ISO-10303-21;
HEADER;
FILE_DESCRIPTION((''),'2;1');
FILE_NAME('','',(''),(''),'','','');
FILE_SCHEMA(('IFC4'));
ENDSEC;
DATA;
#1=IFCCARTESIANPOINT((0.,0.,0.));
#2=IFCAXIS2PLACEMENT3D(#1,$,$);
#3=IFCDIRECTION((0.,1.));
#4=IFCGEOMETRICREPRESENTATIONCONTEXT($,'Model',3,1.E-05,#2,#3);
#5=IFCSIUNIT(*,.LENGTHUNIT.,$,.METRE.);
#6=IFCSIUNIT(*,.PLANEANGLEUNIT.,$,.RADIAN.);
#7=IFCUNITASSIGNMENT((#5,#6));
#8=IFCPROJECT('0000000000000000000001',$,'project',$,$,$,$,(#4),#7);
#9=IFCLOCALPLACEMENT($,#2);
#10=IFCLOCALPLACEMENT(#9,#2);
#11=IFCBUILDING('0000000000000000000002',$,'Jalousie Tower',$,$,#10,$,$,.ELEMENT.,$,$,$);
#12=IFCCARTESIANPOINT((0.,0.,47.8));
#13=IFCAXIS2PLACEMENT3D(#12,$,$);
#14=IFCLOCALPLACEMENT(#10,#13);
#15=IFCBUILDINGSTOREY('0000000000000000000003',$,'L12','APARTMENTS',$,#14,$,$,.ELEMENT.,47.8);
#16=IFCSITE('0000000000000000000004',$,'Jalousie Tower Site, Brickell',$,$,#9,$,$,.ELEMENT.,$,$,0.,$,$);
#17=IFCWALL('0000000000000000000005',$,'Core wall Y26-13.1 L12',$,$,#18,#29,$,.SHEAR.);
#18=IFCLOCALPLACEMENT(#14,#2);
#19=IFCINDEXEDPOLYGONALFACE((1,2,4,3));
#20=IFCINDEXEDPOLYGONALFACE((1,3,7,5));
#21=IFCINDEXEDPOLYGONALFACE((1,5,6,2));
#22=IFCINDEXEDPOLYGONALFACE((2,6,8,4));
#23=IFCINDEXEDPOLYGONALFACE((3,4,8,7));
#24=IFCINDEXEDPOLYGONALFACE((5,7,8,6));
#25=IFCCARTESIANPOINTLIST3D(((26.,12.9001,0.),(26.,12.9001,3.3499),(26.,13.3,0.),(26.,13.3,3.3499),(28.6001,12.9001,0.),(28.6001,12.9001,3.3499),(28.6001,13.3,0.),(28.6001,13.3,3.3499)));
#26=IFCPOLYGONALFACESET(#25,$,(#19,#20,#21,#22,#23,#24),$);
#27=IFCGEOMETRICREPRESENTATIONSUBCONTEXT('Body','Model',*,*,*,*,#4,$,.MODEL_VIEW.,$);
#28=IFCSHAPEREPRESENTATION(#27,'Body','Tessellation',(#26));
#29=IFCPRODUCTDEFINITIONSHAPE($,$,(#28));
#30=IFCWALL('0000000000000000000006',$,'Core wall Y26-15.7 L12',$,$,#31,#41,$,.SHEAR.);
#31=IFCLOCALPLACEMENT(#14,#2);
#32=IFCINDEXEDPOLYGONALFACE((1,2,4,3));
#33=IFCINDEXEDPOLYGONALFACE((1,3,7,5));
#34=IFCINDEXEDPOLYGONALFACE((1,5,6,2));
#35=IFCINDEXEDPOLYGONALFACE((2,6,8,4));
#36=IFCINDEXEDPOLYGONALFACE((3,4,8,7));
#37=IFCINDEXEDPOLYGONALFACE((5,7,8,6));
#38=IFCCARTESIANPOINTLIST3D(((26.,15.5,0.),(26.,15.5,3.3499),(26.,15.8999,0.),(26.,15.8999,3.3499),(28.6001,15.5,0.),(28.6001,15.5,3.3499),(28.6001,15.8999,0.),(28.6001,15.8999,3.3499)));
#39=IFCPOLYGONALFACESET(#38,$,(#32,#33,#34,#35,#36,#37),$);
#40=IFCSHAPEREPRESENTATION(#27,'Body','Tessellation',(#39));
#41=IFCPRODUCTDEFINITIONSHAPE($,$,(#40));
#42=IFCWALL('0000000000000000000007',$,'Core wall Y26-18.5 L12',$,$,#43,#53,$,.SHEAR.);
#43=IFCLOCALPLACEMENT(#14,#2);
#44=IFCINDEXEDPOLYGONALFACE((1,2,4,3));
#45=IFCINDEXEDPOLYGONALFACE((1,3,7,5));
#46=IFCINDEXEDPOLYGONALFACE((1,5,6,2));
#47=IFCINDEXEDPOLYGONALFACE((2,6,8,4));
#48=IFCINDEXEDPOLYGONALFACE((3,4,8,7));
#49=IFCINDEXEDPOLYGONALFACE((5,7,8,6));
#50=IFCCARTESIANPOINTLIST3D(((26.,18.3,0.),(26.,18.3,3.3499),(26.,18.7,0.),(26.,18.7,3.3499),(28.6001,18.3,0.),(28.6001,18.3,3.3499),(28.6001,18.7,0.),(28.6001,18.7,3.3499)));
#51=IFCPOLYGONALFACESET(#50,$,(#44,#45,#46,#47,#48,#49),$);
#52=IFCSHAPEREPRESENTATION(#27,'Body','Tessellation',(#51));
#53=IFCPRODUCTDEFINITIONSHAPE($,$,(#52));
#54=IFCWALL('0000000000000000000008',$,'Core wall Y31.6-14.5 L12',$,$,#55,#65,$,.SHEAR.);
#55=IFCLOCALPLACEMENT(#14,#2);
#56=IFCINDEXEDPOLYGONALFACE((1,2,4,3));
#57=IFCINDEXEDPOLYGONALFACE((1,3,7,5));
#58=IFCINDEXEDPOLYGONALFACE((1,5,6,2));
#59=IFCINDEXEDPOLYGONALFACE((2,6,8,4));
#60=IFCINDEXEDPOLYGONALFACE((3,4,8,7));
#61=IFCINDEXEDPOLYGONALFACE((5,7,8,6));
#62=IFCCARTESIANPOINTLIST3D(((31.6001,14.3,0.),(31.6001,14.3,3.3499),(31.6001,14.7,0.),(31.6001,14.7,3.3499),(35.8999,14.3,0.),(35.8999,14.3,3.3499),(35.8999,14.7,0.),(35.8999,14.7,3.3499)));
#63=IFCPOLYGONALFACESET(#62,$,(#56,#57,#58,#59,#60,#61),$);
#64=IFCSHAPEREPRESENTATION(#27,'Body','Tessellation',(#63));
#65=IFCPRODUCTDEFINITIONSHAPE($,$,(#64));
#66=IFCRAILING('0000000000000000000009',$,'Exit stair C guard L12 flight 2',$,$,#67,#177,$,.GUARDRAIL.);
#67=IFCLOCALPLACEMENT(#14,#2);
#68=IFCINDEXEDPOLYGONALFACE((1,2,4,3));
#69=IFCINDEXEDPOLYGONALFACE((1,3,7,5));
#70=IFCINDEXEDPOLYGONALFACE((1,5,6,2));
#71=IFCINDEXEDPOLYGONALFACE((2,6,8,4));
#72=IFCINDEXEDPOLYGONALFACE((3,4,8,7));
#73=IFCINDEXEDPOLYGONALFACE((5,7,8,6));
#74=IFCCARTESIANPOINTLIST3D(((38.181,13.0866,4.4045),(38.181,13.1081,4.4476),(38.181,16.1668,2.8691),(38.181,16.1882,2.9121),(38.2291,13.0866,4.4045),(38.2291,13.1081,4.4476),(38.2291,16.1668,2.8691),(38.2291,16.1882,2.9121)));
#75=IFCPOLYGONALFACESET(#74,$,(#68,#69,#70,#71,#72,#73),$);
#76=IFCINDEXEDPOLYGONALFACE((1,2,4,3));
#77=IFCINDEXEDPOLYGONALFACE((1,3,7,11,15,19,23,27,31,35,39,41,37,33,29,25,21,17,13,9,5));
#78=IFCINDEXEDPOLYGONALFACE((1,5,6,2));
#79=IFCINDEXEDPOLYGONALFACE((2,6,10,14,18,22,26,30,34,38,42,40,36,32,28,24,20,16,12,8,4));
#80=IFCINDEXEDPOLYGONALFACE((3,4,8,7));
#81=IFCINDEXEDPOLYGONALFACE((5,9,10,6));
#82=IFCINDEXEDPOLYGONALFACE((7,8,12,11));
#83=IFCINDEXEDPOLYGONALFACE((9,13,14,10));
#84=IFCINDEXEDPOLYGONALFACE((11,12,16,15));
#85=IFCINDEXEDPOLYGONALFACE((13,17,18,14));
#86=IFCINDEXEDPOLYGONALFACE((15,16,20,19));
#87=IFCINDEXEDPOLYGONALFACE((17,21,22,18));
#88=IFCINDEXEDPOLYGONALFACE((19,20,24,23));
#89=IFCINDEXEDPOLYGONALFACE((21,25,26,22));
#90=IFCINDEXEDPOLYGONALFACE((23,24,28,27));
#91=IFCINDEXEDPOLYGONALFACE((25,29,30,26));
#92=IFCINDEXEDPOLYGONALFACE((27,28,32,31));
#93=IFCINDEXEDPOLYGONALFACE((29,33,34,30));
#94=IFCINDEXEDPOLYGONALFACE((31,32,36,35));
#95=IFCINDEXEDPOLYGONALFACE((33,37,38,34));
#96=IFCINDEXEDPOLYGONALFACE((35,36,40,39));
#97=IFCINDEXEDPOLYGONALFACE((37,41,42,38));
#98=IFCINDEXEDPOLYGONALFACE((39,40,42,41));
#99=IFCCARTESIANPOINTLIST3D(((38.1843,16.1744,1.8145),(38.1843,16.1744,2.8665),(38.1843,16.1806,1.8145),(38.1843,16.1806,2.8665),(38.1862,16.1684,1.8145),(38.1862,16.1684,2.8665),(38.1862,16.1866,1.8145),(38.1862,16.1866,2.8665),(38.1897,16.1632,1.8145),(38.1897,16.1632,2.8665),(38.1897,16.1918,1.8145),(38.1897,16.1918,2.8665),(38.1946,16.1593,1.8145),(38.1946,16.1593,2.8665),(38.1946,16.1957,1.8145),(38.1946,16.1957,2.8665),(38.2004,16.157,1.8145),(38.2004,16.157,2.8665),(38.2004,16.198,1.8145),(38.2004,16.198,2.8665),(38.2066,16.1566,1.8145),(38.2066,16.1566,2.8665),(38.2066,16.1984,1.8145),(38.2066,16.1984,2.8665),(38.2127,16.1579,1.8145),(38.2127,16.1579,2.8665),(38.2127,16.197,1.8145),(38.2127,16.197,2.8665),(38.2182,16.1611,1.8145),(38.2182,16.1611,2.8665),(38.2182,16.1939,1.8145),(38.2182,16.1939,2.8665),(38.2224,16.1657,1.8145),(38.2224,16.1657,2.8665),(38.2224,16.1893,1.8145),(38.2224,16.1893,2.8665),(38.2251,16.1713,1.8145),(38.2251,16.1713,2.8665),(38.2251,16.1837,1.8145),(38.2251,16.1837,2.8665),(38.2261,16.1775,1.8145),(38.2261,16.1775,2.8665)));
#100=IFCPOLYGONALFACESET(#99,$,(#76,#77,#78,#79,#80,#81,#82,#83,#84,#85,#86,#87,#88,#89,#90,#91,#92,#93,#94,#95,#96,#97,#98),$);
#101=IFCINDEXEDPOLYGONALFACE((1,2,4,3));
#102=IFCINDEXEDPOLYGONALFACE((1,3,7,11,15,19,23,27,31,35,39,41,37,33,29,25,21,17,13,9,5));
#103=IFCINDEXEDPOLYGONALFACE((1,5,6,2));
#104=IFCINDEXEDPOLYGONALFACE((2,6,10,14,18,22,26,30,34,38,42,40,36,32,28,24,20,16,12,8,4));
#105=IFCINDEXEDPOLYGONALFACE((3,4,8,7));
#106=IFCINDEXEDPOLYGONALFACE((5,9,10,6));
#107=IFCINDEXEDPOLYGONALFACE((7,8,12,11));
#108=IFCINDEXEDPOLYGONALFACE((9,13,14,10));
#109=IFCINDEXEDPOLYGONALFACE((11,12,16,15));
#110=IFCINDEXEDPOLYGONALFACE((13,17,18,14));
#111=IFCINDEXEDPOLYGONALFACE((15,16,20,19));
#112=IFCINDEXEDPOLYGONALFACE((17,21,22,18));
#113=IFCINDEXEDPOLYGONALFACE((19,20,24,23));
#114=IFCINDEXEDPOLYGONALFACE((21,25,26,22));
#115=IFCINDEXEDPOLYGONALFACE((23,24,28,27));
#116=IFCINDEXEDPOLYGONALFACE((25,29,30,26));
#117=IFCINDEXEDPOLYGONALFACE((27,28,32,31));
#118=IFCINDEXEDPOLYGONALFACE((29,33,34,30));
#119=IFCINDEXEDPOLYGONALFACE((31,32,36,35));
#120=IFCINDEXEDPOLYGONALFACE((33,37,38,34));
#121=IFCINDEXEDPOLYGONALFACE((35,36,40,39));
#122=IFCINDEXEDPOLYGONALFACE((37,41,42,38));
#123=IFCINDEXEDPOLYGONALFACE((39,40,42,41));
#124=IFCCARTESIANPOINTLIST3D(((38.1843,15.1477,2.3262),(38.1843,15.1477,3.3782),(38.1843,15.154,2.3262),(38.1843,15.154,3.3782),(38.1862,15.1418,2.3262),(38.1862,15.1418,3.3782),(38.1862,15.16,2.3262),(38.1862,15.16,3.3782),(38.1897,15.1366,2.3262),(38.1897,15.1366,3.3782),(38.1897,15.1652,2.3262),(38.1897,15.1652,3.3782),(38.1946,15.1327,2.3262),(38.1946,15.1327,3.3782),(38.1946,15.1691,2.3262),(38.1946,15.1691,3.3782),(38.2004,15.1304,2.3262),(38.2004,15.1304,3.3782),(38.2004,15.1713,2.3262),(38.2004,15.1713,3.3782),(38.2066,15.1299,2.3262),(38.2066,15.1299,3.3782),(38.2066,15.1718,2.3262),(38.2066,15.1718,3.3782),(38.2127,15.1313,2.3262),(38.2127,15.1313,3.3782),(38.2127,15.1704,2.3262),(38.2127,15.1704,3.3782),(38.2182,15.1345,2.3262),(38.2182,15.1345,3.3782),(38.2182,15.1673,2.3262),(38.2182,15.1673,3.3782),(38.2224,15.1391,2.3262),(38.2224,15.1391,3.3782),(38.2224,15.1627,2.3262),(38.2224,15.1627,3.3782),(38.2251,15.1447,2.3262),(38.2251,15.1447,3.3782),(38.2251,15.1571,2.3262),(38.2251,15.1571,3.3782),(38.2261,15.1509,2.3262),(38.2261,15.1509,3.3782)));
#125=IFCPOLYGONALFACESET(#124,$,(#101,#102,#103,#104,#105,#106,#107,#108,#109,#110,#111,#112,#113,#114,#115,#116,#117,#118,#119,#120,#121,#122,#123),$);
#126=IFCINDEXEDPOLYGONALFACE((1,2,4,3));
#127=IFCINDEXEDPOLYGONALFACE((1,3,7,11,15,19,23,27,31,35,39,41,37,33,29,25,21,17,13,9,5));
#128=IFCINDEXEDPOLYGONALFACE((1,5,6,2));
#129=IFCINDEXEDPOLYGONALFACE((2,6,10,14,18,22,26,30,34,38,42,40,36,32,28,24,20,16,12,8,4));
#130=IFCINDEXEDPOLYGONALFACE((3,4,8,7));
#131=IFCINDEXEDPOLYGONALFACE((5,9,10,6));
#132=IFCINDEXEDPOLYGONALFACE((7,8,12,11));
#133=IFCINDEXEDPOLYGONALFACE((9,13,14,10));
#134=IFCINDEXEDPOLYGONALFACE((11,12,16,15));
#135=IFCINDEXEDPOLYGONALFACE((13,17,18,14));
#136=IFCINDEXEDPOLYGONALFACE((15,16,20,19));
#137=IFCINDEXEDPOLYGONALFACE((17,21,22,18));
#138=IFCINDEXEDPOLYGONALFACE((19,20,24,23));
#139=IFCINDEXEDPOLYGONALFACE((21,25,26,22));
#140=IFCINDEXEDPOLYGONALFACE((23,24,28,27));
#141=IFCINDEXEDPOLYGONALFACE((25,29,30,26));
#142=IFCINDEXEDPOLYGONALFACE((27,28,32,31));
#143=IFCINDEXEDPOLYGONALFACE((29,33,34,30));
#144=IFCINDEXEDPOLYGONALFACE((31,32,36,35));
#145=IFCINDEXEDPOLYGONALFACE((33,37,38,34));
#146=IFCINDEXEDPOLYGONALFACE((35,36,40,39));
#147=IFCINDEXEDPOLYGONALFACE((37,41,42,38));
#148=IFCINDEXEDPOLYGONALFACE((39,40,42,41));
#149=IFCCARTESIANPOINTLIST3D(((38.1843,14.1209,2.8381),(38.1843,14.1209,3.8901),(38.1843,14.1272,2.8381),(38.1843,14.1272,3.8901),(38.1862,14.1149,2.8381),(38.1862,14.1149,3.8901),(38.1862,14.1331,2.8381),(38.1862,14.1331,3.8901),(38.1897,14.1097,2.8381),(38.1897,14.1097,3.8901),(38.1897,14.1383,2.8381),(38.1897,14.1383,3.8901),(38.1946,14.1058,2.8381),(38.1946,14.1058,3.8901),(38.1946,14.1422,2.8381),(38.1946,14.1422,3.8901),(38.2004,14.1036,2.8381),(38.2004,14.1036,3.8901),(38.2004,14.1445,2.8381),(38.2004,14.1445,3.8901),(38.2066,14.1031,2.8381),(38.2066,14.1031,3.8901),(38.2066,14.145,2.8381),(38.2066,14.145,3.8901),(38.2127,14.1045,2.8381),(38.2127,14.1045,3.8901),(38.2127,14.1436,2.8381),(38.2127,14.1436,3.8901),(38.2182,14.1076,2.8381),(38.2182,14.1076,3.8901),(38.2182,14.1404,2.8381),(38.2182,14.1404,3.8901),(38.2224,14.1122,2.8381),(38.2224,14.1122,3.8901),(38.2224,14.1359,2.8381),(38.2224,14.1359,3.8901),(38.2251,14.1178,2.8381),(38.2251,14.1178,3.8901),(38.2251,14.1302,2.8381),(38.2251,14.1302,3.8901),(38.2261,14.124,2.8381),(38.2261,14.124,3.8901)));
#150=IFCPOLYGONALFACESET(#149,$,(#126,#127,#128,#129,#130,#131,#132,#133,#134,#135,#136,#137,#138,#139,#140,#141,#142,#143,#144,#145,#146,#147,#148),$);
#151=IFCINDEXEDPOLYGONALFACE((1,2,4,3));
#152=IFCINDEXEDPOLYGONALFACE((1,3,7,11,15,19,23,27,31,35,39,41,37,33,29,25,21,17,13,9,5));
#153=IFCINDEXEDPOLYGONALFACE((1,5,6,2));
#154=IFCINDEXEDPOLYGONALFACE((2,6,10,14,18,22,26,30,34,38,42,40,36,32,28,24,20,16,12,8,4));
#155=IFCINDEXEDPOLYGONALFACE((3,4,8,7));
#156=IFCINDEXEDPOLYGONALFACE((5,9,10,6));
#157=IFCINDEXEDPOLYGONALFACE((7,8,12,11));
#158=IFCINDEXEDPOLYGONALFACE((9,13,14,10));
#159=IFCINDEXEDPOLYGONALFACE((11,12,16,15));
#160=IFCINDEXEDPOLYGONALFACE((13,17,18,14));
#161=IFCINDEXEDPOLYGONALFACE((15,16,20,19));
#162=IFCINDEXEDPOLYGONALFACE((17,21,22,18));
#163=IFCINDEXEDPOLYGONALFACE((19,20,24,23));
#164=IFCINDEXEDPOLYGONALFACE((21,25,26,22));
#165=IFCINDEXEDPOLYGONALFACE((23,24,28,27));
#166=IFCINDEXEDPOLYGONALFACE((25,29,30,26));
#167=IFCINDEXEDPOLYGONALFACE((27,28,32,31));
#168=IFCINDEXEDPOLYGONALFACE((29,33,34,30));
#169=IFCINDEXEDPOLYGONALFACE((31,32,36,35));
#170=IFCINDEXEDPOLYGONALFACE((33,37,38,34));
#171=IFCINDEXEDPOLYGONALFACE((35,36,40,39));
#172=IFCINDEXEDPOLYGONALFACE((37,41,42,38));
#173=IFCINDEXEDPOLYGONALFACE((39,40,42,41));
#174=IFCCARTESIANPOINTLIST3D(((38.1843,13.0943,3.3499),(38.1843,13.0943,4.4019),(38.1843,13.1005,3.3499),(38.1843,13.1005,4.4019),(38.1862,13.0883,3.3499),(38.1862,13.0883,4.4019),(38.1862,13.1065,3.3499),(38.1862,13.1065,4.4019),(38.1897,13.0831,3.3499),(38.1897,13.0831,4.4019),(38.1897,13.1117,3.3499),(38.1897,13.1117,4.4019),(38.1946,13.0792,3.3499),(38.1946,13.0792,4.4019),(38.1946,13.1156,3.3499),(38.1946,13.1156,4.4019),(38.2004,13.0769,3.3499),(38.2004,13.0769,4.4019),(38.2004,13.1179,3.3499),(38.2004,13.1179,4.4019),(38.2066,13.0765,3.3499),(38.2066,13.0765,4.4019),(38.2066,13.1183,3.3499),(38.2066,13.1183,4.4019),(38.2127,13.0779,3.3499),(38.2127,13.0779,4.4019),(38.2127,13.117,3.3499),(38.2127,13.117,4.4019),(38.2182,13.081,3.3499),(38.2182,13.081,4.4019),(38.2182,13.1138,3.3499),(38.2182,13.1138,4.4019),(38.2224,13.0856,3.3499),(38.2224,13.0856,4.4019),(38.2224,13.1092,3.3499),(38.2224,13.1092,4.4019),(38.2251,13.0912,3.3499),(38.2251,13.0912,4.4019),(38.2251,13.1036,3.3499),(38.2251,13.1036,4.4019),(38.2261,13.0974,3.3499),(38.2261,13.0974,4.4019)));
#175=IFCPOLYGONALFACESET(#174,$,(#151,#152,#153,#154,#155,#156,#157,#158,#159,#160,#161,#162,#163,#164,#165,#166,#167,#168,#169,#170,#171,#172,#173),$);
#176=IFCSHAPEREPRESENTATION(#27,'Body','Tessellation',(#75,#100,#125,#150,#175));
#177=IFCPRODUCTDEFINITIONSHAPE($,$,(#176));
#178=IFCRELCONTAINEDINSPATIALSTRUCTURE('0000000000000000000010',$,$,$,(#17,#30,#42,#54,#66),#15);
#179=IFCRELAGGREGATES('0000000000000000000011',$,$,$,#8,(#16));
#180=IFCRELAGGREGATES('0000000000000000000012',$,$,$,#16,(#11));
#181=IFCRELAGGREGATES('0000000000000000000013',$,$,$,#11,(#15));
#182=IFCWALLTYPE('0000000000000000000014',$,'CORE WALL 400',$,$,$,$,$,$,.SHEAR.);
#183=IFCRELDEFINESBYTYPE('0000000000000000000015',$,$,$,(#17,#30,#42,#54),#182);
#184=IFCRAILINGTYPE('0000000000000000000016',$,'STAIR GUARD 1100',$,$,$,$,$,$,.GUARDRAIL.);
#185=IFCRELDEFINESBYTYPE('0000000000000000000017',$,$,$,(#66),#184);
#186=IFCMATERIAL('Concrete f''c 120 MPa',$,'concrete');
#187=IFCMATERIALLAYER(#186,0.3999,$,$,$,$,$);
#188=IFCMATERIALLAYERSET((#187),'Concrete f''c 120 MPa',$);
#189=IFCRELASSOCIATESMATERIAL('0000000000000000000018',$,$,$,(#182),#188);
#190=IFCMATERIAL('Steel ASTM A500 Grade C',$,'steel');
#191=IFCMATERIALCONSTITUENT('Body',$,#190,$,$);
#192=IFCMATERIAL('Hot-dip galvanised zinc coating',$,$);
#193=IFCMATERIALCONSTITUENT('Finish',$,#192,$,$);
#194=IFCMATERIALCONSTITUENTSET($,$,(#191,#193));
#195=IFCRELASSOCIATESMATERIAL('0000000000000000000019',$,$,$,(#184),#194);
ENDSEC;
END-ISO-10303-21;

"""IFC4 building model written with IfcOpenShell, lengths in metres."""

from ifc_helpers import new_model, si_unit, direction, frame, frame_2d, origin, origin_2d, place, context, subcontext, project, spatial, rectangle, circle, extrude, material, layer, layer_set, constituent, constituent_set, type_object, element, save


model = new_model("IFC4")

# Units and contexts
model_context = context("Model", 3, precision=1e-05, world=origin(), true_north=direction((0.0, 1.0)))
body_context = subcontext(model_context, "Body", "Model", "MODEL_VIEW")
ifc_project = project(units=[si_unit("LENGTHUNIT", "METRE"), si_unit("PLANEANGLEUNIT", "RADIAN")], contexts=[model_context])

# Site, building, storey
site_placement = place(None, origin())
site = spatial("IfcSite", under=ifc_project, at=site_placement, Name="Jalousie Tower Site, Brickell", CompositionType="ELEMENT", RefElevation=0.0)
building_placement = place(site_placement, origin())
building = spatial("IfcBuilding", under=site, at=building_placement, Name="Jalousie Tower", CompositionType="ELEMENT")
storey_placement = place(building_placement, frame((0.0, 0.0, 47.8)))
storey = spatial("IfcBuildingStorey", under=building, at=storey_placement, Name="L12", Description="APARTMENTS", CompositionType="ELEMENT", Elevation=47.8)

# Shared definitions
ifc_material_1 = material(Name="Concrete f'c 120 MPa", Category="concrete")
ifc_layer = layer(ifc_material_1, 0.3999)
ifc_layer_set = layer_set([ifc_layer], Name="Concrete f'c 120 MPa")
wall_type = type_object("IfcWallType", Name="CORE WALL 400", PredefinedType="SHEAR", material=ifc_layer_set)

# Walls
for number, where, z_axis, x_axis, name in (
    (1, (26.0, 13.1001, 0.0), (0.0, 0.0, 1.0), (1.0, 0.0, 0.0), "Core wall Y26-13.1 L12"),
    (2, (26.0, 15.7, 0.0), (0.0, 0.0, 1.0), (1.0, 0.0, 0.0), "Core wall Y26-15.7 L12"),
    (3, (26.0, 18.5, 0.0), (0.0, 0.0, 1.0), (1.0, 0.0, 0.0), "Core wall Y26-18.5 L12"),
):
    element("IfcWall", number, at=place(storey_placement, frame(where, z_axis=z_axis, x_axis=x_axis)), inside=storey, type_object=wall_type, Name=name, PredefinedType="SHEAR", context=body_context, shape_type="SweptSolid", body=[
        extrude(rectangle(XDim=2.6001, YDim=0.3999, at=frame_2d((1.3, 0.0))), origin(), (0.0, 0.0, 1.0), 3.3499),
    ])
wall_1_placement = place(storey_placement, frame((31.6001, 14.5, 0.0), z_axis=(0.0, 0.0, 1.0), x_axis=(1.0, 0.0, 0.0)))
element("IfcWall", 4, at=wall_1_placement, inside=storey, type_object=wall_type, Name="Core wall Y31.6-14.5 L12", PredefinedType="SHEAR", context=body_context, shape_type="SweptSolid", body=[
    extrude(rectangle(XDim=4.2998, YDim=0.3999, at=frame_2d((2.1499, 0.0))), origin(), (0.0, 0.0, 1.0), 3.3499),
])

# Railing
ifc_material_2 = material(Name="Steel ASTM A500 Grade C", Category="steel")
ifc_constituent_1 = constituent(ifc_material_2, Name="Body")
ifc_material_3 = material(Name="Hot-dip galvanised zinc coating")
ifc_constituent_2 = constituent(ifc_material_3, Name="Finish")
ifc_constituent_set = constituent_set(constituents=[ifc_constituent_1, ifc_constituent_2])
railing_type = type_object("IfcRailingType", Name="STAIR GUARD 1100", PredefinedType="GUARDRAIL", material=ifc_constituent_set)
railing_placement = place(storey_placement, frame((38.2051, 16.1775, 1.8145)))
element("IfcRailing", 5, at=railing_placement, inside=storey, type_object=railing_type, Name="Exit stair C guard L12 flight 2", PredefinedType="GUARDRAIL", context=body_context, shape_type="SweptSolid", body=[
    extrude(rectangle(XDim=0.0481, YDim=0.0481, at=origin_2d()), frame((0.0, 0.0, 1.0762), z_axis=(0.0, -0.894966, 0.446135), x_axis=(1.0, 0.0, 0.0)), (0.0, 0.0, 1.0), 3.4417),
    extrude(circle(Radius=0.021, at=origin_2d()), origin(), (0.0, 0.0, 1.0), 1.052),
    extrude(circle(Radius=0.021, at=origin_2d()), frame((0.0, -1.0266, 0.5117)), (0.0, 0.0, 1.0), 1.052),
    extrude(circle(Radius=0.021, at=origin_2d()), frame((0.0, -2.0535, 1.0237)), (0.0, 0.0, 1.0), 1.052),
    extrude(circle(Radius=0.021, at=origin_2d()), frame((0.0, -3.0801, 1.5354)), (0.0, 0.0, 1.0), 1.052),
])

save(model, "model.ifc")
